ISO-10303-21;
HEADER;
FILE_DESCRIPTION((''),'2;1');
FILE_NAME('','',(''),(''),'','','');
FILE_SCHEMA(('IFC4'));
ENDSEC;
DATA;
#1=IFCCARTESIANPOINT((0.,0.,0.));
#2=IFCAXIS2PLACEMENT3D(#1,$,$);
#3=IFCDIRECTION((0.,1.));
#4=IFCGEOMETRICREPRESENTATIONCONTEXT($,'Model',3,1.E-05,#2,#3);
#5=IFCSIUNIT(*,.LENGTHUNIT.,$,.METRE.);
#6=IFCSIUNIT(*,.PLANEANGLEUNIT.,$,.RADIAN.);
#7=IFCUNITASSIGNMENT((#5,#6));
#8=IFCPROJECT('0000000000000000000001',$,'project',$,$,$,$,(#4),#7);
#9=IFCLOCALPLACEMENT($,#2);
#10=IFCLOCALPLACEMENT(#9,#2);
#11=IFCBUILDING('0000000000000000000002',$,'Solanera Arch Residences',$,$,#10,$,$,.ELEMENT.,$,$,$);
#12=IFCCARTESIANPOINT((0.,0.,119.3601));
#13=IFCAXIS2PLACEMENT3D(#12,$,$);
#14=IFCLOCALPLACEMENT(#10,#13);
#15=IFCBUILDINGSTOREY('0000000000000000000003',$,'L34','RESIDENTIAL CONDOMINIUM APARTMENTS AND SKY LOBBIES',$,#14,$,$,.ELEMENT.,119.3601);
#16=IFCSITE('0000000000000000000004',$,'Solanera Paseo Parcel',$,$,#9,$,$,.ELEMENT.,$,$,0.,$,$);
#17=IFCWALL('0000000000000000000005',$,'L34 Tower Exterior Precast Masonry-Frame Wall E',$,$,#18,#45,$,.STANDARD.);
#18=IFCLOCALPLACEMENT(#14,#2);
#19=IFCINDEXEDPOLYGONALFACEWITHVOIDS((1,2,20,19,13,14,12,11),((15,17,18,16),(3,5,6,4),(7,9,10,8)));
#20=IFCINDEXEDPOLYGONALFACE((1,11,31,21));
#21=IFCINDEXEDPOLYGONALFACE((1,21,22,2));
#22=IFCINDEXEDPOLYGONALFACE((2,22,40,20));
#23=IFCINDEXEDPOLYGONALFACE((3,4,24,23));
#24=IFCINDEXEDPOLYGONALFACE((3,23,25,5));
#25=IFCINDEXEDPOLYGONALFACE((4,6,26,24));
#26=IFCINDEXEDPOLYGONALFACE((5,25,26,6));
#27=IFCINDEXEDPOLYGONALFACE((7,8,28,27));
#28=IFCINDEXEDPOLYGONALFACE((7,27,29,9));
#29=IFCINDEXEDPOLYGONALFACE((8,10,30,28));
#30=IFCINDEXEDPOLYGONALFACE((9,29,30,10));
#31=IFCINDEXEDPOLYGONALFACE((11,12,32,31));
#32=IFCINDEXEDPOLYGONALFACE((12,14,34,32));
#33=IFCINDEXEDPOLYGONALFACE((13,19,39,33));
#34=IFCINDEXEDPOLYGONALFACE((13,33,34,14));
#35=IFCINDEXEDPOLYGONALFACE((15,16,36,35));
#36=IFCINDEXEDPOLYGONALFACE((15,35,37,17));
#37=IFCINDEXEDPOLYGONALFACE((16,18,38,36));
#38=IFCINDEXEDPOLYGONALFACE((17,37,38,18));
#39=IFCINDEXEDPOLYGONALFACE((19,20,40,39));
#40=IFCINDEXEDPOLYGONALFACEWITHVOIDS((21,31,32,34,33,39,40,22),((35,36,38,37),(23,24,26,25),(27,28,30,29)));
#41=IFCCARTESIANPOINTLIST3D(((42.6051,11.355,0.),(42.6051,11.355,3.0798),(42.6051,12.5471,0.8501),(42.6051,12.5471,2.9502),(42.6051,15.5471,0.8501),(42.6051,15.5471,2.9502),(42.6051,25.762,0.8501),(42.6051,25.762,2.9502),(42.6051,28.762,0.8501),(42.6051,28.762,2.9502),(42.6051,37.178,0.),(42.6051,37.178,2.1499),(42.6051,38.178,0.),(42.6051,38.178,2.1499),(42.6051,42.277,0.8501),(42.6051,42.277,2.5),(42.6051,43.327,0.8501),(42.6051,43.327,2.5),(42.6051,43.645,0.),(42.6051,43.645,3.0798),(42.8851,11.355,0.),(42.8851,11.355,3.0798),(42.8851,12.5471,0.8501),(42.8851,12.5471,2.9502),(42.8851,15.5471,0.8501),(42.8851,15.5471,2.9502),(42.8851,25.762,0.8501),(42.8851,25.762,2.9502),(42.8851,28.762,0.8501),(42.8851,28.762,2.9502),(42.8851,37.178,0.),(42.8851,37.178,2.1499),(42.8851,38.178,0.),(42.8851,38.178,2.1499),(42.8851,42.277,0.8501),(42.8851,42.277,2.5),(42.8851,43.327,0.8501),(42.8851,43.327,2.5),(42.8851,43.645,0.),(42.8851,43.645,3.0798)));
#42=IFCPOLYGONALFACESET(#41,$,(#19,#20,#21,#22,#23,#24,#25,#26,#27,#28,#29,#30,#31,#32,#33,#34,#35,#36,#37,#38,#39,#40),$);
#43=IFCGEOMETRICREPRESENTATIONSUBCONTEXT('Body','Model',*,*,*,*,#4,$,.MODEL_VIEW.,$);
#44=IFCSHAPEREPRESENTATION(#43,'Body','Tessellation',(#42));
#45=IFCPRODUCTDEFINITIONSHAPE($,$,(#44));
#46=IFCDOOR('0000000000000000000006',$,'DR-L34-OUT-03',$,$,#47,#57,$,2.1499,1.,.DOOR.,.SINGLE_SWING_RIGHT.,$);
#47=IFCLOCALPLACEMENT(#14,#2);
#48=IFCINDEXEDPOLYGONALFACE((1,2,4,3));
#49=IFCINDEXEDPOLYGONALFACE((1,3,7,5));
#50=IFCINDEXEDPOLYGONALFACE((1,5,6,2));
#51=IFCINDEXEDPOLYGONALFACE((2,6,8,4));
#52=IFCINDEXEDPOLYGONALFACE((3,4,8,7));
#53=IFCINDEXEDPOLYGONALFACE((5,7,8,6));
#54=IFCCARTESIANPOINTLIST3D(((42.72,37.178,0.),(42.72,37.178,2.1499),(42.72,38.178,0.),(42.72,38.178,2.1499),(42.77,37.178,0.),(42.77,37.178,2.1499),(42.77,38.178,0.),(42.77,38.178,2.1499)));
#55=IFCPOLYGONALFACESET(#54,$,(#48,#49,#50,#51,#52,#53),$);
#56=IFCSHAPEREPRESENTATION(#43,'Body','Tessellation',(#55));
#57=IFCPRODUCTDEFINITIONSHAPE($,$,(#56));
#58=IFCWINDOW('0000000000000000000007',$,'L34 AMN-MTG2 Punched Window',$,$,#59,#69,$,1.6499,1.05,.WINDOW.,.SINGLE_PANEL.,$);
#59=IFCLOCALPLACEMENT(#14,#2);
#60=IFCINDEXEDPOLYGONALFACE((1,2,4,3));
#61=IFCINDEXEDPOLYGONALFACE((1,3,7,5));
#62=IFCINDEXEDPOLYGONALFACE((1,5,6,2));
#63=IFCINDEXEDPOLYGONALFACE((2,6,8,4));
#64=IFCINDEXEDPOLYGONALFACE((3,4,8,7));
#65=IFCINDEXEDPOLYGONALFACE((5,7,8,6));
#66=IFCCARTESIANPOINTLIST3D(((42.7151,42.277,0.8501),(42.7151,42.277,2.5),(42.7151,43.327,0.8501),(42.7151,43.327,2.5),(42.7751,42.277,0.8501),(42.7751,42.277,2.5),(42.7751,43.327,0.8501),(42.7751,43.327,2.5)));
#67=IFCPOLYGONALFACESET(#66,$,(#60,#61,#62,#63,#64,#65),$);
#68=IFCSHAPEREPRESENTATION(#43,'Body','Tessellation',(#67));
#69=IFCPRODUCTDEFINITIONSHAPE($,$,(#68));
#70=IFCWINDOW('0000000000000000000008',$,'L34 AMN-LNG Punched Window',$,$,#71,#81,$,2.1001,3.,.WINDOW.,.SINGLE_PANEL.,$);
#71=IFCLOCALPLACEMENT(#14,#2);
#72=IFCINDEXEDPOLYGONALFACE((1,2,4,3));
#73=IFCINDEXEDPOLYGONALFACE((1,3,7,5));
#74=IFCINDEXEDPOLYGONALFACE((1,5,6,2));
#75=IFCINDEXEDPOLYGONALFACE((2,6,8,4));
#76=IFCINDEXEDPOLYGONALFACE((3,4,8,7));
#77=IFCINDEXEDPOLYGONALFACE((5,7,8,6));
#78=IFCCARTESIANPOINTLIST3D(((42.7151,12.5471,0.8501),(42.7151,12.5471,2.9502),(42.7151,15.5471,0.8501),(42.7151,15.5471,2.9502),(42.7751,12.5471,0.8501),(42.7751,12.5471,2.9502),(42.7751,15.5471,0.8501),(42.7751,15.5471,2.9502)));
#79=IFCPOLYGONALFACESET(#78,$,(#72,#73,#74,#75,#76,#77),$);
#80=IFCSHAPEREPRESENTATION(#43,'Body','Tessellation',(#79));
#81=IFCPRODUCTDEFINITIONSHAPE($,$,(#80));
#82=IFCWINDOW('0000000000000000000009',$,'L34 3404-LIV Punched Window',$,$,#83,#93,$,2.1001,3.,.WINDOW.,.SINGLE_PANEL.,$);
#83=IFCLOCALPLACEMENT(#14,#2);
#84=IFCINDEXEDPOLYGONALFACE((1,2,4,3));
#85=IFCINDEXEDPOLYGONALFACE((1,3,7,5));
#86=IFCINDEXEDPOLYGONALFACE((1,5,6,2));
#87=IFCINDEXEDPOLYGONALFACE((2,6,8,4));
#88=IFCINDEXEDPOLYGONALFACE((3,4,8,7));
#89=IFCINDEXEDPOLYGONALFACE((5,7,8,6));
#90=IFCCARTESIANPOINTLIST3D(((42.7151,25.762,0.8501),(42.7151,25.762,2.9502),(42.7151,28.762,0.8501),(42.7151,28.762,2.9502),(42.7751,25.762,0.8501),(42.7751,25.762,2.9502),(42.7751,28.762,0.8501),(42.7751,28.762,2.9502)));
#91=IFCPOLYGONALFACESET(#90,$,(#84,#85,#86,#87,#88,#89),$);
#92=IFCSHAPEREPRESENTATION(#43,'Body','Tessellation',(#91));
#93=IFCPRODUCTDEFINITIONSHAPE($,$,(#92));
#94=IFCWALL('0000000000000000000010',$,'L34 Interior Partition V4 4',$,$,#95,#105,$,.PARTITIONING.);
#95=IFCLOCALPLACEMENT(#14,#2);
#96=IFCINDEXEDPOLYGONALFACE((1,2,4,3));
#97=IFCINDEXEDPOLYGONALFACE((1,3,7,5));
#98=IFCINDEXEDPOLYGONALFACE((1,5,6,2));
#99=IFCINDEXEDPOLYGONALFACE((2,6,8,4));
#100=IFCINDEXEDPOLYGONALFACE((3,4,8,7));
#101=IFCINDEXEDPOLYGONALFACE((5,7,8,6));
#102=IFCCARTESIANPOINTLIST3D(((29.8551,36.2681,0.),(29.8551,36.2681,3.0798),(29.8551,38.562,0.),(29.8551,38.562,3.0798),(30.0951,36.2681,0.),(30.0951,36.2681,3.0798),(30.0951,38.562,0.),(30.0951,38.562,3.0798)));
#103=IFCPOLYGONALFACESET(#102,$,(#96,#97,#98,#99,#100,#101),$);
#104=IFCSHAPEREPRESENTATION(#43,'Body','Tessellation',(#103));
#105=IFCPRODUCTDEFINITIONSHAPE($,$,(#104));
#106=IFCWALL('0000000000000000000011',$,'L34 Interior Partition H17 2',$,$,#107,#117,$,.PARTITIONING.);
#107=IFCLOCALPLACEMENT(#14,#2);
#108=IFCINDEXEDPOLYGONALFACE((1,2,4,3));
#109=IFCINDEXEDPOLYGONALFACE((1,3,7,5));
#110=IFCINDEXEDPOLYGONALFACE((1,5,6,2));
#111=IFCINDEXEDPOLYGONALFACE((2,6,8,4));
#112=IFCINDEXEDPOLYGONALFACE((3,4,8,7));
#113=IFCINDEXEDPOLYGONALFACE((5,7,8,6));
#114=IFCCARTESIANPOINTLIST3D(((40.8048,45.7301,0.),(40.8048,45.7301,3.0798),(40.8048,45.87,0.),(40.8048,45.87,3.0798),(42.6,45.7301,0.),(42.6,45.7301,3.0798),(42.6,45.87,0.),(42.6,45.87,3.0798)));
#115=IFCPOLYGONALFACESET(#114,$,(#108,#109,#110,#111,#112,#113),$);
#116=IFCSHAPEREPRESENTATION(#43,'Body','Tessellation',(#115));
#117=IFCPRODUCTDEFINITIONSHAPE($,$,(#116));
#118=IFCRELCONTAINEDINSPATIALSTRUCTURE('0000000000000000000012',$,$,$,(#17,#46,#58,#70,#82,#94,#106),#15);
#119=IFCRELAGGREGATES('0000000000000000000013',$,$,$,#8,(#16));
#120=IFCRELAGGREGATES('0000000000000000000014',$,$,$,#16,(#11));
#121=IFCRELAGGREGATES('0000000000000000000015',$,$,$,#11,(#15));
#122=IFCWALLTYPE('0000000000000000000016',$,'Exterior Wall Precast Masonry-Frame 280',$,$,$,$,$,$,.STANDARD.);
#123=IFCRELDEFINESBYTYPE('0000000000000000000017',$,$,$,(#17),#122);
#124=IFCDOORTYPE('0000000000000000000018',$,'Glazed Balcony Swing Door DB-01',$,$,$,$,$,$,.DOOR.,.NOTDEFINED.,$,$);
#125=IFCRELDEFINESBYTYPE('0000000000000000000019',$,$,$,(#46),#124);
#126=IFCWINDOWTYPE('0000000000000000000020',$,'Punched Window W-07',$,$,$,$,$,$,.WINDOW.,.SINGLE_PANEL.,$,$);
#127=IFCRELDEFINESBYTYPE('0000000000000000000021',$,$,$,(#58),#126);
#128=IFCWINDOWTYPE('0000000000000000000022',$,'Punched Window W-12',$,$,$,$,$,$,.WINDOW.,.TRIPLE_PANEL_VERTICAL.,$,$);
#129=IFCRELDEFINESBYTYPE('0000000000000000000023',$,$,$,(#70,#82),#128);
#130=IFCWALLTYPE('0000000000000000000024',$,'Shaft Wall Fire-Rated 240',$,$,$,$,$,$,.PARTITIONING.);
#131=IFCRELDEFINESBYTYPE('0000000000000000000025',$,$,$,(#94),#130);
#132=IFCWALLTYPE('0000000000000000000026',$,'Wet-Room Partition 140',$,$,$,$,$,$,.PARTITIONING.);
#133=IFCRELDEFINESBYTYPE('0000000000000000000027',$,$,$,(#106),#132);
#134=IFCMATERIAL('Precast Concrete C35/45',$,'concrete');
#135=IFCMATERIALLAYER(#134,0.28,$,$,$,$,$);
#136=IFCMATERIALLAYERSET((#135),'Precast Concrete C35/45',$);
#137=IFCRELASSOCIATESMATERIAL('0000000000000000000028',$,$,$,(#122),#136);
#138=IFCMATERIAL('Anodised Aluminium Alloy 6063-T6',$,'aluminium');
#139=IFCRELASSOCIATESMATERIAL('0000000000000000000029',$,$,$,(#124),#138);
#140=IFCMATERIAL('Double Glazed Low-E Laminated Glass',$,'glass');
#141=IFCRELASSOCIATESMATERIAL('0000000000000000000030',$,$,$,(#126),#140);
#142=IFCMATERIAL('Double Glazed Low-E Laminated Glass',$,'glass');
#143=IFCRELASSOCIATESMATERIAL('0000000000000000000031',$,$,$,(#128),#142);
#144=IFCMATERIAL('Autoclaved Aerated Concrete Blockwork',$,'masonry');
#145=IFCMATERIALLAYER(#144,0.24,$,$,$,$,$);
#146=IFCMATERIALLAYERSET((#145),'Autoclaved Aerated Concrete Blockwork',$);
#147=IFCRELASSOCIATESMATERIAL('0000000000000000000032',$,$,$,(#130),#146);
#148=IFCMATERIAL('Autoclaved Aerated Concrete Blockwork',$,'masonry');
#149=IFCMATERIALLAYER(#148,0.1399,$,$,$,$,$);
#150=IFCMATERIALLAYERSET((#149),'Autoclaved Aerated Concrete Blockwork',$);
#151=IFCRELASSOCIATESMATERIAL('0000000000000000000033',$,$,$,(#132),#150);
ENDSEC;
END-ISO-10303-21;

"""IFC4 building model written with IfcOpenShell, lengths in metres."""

from ifc_helpers import new_model, si_unit, direction, frame, frame_2d, origin, place, context, subcontext, project, spatial, rectangle, extrude, material, layer, layer_set, type_object, element, fill, save


model = new_model("IFC4")

# Units and contexts
model_context = context("Model", 3, precision=1e-05, world=origin(), true_north=direction((0.0, 1.0)))
body_context = subcontext(model_context, "Body", "Model", "MODEL_VIEW")
ifc_project = project(units=[si_unit("LENGTHUNIT", "METRE"), si_unit("PLANEANGLEUNIT", "RADIAN")], contexts=[model_context])

# Site, building, storey
site_placement = place(None, origin())
site = spatial("IfcSite", under=ifc_project, at=site_placement, Name="Solanera Paseo Parcel", CompositionType="ELEMENT", RefElevation=0.0)
building_placement = place(site_placement, origin())
building = spatial("IfcBuilding", under=site, at=building_placement, Name="Solanera Arch Residences", CompositionType="ELEMENT")
storey_placement = place(building_placement, frame((0.0, 0.0, 119.3601)))
storey = spatial("IfcBuildingStorey", under=building, at=storey_placement, Name="L34", Description="RESIDENTIAL CONDOMINIUM APARTMENTS AND SKY LOBBIES", CompositionType="ELEMENT", Elevation=119.3601)

# Shared definitions
ifc_material_1 = material(Name="Precast Concrete C35/45", Category="concrete")
ifc_layer_1 = layer(ifc_material_1, 0.28)
ifc_layer_set_1 = layer_set([ifc_layer_1], Name="Precast Concrete C35/45")
wall_type_1 = type_object("IfcWallType", Name="Exterior Wall Precast Masonry-Frame 280", PredefinedType="STANDARD", material=ifc_layer_set_1)

# Wall, openings, door, windows
wall_1_placement = place(storey_placement, frame((42.7451, 43.645, 0.0), z_axis=(0.0, 0.0, 1.0), x_axis=(0.0, -1.0, 0.0)))
wall_1 = element("IfcWall", 1, at=wall_1_placement, inside=storey, type_object=wall_type_1, Name="L34 Tower Exterior Precast Masonry-Frame Wall E", PredefinedType="STANDARD", context=body_context, shape_type="SweptSolid", body=[
    extrude(rectangle(XDim=32.29, YDim=0.28, at=frame_2d((16.145, 0.0))), origin(), (0.0, 0.0, 1.0), 3.0798),
])
opening_1_placement = place(wall_1_placement, frame((5.467, 0.0, 0.0)))
opening_1 = element("IfcOpeningElement", 2, at=opening_1_placement, cuts=wall_1, PredefinedType="OPENING", context=body_context, shape_type="SweptSolid", body=[
    extrude(rectangle(XDim=1.0, YDim=2.1499, at=frame_2d((0.5, 1.075))), frame((0.0, 0.1499, 0.0), z_axis=(0.0, -1.0, 0.0), x_axis=(1.0, 0.0, 0.0)), (0.0, 0.0, 1.0), 0.3),
])
opening_2_placement = place(wall_1_placement, frame((28.0979, 0.0, 0.8501)))
opening_2 = element("IfcOpeningElement", 3, at=opening_2_placement, cuts=wall_1, PredefinedType="OPENING", context=body_context, shape_type="SweptSolid", body=[
    extrude(rectangle(XDim=3.0, YDim=2.1001, at=frame_2d((1.5, 1.05))), frame((0.0, 0.1499, 0.0), z_axis=(0.0, -1.0, 0.0), x_axis=(1.0, 0.0, 0.0)), (0.0, 0.0, 1.0), 0.3),
])
opening_3_placement = place(wall_1_placement, frame((0.3181, 0.0, 0.8501)))
opening_3 = element("IfcOpeningElement", 4, at=opening_3_placement, cuts=wall_1, PredefinedType="OPENING", context=body_context, shape_type="SweptSolid", body=[
    extrude(rectangle(XDim=1.05, YDim=1.6499, at=frame_2d((0.5249, 0.825))), frame((0.0, 0.1499, 0.0), z_axis=(0.0, -1.0, 0.0), x_axis=(1.0, 0.0, 0.0)), (0.0, 0.0, 1.0), 0.3),
])
opening_4_placement = place(wall_1_placement, frame((14.8831, 0.0, 0.8501)))
opening_4 = element("IfcOpeningElement", 5, at=opening_4_placement, cuts=wall_1, PredefinedType="OPENING", context=body_context, shape_type="SweptSolid", body=[
    extrude(rectangle(XDim=3.0, YDim=2.1001, at=frame_2d((1.5, 1.05))), frame((0.0, 0.1499, 0.0), z_axis=(0.0, -1.0, 0.0), x_axis=(1.0, 0.0, 0.0)), (0.0, 0.0, 1.0), 0.3),
])
ifc_material_2 = material(Name="Anodised Aluminium Alloy 6063-T6", Category="aluminium")
door_type = type_object("IfcDoorType", Name="Glazed Balcony Swing Door DB-01", OperationType="NOTDEFINED", PredefinedType="DOOR", material=ifc_material_2)
door_placement = place(opening_1_placement, origin())
door = element("IfcDoor", 6, at=door_placement, inside=storey, type_object=door_type, Name="DR-L34-OUT-03", OperationType="SINGLE_SWING_RIGHT", OverallHeight=2.1499, OverallWidth=1.0, PredefinedType="DOOR", context=body_context, shape_type="SweptSolid", body=[
    extrude(rectangle(XDim=1.0, YDim=2.1499, at=frame_2d((0.5, 1.075))), frame((0.0, 0.0249, 0.0), z_axis=(0.0, -1.0, 0.0), x_axis=(1.0, 0.0, 0.0)), (0.0, 0.0, 1.0), 0.05),
])
fill(opening_1, door)
ifc_material_3 = material(Name="Double Glazed Low-E Laminated Glass", Category="glass")
window_type_1 = type_object("IfcWindowType", Name="Punched Window W-07", PartitioningType="SINGLE_PANEL", PredefinedType="WINDOW", material=ifc_material_3)
window_1_placement = place(opening_3_placement, origin())
window_1 = element("IfcWindow", 7, at=window_1_placement, inside=storey, type_object=window_type_1, Name="L34 AMN-MTG2 Punched Window", OverallHeight=1.6499, OverallWidth=1.05, PartitioningType="SINGLE_PANEL", PredefinedType="WINDOW", context=body_context, shape_type="SweptSolid", body=[
    extrude(rectangle(XDim=1.05, YDim=1.6499, at=frame_2d((0.5249, 0.825))), frame((0.0, 0.03, 0.0), z_axis=(0.0, -1.0, 0.0), x_axis=(1.0, 0.0, 0.0)), (0.0, 0.0, 1.0), 0.0601),
])
fill(opening_3, window_1)
ifc_material_4 = material(Name="Double Glazed Low-E Laminated Glass", Category="glass")
window_type_2 = type_object("IfcWindowType", Name="Punched Window W-12", PartitioningType="TRIPLE_PANEL_VERTICAL", PredefinedType="WINDOW", material=ifc_material_4)
window_2_placement = place(opening_2_placement, origin())
window_2 = element("IfcWindow", 8, at=window_2_placement, inside=storey, type_object=window_type_2, Name="L34 AMN-LNG Punched Window", OverallHeight=2.1001, OverallWidth=3.0, PartitioningType="SINGLE_PANEL", PredefinedType="WINDOW", context=body_context, shape_type="SweptSolid", body=[
    extrude(rectangle(XDim=3.0, YDim=2.1001, at=frame_2d((1.5, 1.05))), frame((0.0, 0.03, 0.0), z_axis=(0.0, -1.0, 0.0), x_axis=(1.0, 0.0, 0.0)), (0.0, 0.0, 1.0), 0.0601),
])
fill(opening_2, window_2)
window_3_placement = place(opening_4_placement, origin())
window_3 = element("IfcWindow", 9, at=window_3_placement, inside=storey, type_object=window_type_2, Name="L34 3404-LIV Punched Window", OverallHeight=2.1001, OverallWidth=3.0, PartitioningType="SINGLE_PANEL", PredefinedType="WINDOW", context=body_context, shape_type="SweptSolid", body=[
    extrude(rectangle(XDim=3.0, YDim=2.1001, at=frame_2d((1.5, 1.05))), frame((0.0, 0.03, 0.0), z_axis=(0.0, -1.0, 0.0), x_axis=(1.0, 0.0, 0.0)), (0.0, 0.0, 1.0), 0.0601),
])
fill(opening_4, window_3)

# Walls
ifc_material_5 = material(Name="Autoclaved Aerated Concrete Blockwork", Category="masonry")
ifc_layer_2 = layer(ifc_material_5, 0.24)
ifc_layer_set_2 = layer_set([ifc_layer_2], Name="Autoclaved Aerated Concrete Blockwork")
wall_type_2 = type_object("IfcWallType", Name="Shaft Wall Fire-Rated 240", PredefinedType="PARTITIONING", material=ifc_layer_set_2)
wall_2_placement = place(storey_placement, frame((29.9751, 36.2681, 0.0), z_axis=(0.0, 0.0, 1.0), x_axis=(0.0, 1.0, 0.0)))
element("IfcWall", 10, at=wall_2_placement, inside=storey, type_object=wall_type_2, Name="L34 Interior Partition V4 4", PredefinedType="PARTITIONING", context=body_context, shape_type="SweptSolid", body=[
    extrude(rectangle(XDim=2.2939, YDim=0.24, at=frame_2d((1.147, 0.0))), origin(), (0.0, 0.0, 1.0), 3.0798),
])
ifc_material_6 = material(Name="Autoclaved Aerated Concrete Blockwork", Category="masonry")
ifc_layer_3 = layer(ifc_material_6, 0.1399)
ifc_layer_set_3 = layer_set([ifc_layer_3], Name="Autoclaved Aerated Concrete Blockwork")
wall_type_3 = type_object("IfcWallType", Name="Wet-Room Partition 140", PredefinedType="PARTITIONING", material=ifc_layer_set_3)
wall_3_placement = place(storey_placement, frame((40.8049, 45.8, 0.0), z_axis=(0.0, 0.0, 1.0), x_axis=(1.0, 0.0, 0.0)))
element("IfcWall", 11, at=wall_3_placement, inside=storey, type_object=wall_type_3, Name="L34 Interior Partition H17 2", PredefinedType="PARTITIONING", context=body_context, shape_type="SweptSolid", body=[
    extrude(rectangle(XDim=1.7952, YDim=0.1399, at=frame_2d((0.8975, 0.0))), origin(), (0.0, 0.0, 1.0), 3.0798),
])

save(model, "model.ifc")
